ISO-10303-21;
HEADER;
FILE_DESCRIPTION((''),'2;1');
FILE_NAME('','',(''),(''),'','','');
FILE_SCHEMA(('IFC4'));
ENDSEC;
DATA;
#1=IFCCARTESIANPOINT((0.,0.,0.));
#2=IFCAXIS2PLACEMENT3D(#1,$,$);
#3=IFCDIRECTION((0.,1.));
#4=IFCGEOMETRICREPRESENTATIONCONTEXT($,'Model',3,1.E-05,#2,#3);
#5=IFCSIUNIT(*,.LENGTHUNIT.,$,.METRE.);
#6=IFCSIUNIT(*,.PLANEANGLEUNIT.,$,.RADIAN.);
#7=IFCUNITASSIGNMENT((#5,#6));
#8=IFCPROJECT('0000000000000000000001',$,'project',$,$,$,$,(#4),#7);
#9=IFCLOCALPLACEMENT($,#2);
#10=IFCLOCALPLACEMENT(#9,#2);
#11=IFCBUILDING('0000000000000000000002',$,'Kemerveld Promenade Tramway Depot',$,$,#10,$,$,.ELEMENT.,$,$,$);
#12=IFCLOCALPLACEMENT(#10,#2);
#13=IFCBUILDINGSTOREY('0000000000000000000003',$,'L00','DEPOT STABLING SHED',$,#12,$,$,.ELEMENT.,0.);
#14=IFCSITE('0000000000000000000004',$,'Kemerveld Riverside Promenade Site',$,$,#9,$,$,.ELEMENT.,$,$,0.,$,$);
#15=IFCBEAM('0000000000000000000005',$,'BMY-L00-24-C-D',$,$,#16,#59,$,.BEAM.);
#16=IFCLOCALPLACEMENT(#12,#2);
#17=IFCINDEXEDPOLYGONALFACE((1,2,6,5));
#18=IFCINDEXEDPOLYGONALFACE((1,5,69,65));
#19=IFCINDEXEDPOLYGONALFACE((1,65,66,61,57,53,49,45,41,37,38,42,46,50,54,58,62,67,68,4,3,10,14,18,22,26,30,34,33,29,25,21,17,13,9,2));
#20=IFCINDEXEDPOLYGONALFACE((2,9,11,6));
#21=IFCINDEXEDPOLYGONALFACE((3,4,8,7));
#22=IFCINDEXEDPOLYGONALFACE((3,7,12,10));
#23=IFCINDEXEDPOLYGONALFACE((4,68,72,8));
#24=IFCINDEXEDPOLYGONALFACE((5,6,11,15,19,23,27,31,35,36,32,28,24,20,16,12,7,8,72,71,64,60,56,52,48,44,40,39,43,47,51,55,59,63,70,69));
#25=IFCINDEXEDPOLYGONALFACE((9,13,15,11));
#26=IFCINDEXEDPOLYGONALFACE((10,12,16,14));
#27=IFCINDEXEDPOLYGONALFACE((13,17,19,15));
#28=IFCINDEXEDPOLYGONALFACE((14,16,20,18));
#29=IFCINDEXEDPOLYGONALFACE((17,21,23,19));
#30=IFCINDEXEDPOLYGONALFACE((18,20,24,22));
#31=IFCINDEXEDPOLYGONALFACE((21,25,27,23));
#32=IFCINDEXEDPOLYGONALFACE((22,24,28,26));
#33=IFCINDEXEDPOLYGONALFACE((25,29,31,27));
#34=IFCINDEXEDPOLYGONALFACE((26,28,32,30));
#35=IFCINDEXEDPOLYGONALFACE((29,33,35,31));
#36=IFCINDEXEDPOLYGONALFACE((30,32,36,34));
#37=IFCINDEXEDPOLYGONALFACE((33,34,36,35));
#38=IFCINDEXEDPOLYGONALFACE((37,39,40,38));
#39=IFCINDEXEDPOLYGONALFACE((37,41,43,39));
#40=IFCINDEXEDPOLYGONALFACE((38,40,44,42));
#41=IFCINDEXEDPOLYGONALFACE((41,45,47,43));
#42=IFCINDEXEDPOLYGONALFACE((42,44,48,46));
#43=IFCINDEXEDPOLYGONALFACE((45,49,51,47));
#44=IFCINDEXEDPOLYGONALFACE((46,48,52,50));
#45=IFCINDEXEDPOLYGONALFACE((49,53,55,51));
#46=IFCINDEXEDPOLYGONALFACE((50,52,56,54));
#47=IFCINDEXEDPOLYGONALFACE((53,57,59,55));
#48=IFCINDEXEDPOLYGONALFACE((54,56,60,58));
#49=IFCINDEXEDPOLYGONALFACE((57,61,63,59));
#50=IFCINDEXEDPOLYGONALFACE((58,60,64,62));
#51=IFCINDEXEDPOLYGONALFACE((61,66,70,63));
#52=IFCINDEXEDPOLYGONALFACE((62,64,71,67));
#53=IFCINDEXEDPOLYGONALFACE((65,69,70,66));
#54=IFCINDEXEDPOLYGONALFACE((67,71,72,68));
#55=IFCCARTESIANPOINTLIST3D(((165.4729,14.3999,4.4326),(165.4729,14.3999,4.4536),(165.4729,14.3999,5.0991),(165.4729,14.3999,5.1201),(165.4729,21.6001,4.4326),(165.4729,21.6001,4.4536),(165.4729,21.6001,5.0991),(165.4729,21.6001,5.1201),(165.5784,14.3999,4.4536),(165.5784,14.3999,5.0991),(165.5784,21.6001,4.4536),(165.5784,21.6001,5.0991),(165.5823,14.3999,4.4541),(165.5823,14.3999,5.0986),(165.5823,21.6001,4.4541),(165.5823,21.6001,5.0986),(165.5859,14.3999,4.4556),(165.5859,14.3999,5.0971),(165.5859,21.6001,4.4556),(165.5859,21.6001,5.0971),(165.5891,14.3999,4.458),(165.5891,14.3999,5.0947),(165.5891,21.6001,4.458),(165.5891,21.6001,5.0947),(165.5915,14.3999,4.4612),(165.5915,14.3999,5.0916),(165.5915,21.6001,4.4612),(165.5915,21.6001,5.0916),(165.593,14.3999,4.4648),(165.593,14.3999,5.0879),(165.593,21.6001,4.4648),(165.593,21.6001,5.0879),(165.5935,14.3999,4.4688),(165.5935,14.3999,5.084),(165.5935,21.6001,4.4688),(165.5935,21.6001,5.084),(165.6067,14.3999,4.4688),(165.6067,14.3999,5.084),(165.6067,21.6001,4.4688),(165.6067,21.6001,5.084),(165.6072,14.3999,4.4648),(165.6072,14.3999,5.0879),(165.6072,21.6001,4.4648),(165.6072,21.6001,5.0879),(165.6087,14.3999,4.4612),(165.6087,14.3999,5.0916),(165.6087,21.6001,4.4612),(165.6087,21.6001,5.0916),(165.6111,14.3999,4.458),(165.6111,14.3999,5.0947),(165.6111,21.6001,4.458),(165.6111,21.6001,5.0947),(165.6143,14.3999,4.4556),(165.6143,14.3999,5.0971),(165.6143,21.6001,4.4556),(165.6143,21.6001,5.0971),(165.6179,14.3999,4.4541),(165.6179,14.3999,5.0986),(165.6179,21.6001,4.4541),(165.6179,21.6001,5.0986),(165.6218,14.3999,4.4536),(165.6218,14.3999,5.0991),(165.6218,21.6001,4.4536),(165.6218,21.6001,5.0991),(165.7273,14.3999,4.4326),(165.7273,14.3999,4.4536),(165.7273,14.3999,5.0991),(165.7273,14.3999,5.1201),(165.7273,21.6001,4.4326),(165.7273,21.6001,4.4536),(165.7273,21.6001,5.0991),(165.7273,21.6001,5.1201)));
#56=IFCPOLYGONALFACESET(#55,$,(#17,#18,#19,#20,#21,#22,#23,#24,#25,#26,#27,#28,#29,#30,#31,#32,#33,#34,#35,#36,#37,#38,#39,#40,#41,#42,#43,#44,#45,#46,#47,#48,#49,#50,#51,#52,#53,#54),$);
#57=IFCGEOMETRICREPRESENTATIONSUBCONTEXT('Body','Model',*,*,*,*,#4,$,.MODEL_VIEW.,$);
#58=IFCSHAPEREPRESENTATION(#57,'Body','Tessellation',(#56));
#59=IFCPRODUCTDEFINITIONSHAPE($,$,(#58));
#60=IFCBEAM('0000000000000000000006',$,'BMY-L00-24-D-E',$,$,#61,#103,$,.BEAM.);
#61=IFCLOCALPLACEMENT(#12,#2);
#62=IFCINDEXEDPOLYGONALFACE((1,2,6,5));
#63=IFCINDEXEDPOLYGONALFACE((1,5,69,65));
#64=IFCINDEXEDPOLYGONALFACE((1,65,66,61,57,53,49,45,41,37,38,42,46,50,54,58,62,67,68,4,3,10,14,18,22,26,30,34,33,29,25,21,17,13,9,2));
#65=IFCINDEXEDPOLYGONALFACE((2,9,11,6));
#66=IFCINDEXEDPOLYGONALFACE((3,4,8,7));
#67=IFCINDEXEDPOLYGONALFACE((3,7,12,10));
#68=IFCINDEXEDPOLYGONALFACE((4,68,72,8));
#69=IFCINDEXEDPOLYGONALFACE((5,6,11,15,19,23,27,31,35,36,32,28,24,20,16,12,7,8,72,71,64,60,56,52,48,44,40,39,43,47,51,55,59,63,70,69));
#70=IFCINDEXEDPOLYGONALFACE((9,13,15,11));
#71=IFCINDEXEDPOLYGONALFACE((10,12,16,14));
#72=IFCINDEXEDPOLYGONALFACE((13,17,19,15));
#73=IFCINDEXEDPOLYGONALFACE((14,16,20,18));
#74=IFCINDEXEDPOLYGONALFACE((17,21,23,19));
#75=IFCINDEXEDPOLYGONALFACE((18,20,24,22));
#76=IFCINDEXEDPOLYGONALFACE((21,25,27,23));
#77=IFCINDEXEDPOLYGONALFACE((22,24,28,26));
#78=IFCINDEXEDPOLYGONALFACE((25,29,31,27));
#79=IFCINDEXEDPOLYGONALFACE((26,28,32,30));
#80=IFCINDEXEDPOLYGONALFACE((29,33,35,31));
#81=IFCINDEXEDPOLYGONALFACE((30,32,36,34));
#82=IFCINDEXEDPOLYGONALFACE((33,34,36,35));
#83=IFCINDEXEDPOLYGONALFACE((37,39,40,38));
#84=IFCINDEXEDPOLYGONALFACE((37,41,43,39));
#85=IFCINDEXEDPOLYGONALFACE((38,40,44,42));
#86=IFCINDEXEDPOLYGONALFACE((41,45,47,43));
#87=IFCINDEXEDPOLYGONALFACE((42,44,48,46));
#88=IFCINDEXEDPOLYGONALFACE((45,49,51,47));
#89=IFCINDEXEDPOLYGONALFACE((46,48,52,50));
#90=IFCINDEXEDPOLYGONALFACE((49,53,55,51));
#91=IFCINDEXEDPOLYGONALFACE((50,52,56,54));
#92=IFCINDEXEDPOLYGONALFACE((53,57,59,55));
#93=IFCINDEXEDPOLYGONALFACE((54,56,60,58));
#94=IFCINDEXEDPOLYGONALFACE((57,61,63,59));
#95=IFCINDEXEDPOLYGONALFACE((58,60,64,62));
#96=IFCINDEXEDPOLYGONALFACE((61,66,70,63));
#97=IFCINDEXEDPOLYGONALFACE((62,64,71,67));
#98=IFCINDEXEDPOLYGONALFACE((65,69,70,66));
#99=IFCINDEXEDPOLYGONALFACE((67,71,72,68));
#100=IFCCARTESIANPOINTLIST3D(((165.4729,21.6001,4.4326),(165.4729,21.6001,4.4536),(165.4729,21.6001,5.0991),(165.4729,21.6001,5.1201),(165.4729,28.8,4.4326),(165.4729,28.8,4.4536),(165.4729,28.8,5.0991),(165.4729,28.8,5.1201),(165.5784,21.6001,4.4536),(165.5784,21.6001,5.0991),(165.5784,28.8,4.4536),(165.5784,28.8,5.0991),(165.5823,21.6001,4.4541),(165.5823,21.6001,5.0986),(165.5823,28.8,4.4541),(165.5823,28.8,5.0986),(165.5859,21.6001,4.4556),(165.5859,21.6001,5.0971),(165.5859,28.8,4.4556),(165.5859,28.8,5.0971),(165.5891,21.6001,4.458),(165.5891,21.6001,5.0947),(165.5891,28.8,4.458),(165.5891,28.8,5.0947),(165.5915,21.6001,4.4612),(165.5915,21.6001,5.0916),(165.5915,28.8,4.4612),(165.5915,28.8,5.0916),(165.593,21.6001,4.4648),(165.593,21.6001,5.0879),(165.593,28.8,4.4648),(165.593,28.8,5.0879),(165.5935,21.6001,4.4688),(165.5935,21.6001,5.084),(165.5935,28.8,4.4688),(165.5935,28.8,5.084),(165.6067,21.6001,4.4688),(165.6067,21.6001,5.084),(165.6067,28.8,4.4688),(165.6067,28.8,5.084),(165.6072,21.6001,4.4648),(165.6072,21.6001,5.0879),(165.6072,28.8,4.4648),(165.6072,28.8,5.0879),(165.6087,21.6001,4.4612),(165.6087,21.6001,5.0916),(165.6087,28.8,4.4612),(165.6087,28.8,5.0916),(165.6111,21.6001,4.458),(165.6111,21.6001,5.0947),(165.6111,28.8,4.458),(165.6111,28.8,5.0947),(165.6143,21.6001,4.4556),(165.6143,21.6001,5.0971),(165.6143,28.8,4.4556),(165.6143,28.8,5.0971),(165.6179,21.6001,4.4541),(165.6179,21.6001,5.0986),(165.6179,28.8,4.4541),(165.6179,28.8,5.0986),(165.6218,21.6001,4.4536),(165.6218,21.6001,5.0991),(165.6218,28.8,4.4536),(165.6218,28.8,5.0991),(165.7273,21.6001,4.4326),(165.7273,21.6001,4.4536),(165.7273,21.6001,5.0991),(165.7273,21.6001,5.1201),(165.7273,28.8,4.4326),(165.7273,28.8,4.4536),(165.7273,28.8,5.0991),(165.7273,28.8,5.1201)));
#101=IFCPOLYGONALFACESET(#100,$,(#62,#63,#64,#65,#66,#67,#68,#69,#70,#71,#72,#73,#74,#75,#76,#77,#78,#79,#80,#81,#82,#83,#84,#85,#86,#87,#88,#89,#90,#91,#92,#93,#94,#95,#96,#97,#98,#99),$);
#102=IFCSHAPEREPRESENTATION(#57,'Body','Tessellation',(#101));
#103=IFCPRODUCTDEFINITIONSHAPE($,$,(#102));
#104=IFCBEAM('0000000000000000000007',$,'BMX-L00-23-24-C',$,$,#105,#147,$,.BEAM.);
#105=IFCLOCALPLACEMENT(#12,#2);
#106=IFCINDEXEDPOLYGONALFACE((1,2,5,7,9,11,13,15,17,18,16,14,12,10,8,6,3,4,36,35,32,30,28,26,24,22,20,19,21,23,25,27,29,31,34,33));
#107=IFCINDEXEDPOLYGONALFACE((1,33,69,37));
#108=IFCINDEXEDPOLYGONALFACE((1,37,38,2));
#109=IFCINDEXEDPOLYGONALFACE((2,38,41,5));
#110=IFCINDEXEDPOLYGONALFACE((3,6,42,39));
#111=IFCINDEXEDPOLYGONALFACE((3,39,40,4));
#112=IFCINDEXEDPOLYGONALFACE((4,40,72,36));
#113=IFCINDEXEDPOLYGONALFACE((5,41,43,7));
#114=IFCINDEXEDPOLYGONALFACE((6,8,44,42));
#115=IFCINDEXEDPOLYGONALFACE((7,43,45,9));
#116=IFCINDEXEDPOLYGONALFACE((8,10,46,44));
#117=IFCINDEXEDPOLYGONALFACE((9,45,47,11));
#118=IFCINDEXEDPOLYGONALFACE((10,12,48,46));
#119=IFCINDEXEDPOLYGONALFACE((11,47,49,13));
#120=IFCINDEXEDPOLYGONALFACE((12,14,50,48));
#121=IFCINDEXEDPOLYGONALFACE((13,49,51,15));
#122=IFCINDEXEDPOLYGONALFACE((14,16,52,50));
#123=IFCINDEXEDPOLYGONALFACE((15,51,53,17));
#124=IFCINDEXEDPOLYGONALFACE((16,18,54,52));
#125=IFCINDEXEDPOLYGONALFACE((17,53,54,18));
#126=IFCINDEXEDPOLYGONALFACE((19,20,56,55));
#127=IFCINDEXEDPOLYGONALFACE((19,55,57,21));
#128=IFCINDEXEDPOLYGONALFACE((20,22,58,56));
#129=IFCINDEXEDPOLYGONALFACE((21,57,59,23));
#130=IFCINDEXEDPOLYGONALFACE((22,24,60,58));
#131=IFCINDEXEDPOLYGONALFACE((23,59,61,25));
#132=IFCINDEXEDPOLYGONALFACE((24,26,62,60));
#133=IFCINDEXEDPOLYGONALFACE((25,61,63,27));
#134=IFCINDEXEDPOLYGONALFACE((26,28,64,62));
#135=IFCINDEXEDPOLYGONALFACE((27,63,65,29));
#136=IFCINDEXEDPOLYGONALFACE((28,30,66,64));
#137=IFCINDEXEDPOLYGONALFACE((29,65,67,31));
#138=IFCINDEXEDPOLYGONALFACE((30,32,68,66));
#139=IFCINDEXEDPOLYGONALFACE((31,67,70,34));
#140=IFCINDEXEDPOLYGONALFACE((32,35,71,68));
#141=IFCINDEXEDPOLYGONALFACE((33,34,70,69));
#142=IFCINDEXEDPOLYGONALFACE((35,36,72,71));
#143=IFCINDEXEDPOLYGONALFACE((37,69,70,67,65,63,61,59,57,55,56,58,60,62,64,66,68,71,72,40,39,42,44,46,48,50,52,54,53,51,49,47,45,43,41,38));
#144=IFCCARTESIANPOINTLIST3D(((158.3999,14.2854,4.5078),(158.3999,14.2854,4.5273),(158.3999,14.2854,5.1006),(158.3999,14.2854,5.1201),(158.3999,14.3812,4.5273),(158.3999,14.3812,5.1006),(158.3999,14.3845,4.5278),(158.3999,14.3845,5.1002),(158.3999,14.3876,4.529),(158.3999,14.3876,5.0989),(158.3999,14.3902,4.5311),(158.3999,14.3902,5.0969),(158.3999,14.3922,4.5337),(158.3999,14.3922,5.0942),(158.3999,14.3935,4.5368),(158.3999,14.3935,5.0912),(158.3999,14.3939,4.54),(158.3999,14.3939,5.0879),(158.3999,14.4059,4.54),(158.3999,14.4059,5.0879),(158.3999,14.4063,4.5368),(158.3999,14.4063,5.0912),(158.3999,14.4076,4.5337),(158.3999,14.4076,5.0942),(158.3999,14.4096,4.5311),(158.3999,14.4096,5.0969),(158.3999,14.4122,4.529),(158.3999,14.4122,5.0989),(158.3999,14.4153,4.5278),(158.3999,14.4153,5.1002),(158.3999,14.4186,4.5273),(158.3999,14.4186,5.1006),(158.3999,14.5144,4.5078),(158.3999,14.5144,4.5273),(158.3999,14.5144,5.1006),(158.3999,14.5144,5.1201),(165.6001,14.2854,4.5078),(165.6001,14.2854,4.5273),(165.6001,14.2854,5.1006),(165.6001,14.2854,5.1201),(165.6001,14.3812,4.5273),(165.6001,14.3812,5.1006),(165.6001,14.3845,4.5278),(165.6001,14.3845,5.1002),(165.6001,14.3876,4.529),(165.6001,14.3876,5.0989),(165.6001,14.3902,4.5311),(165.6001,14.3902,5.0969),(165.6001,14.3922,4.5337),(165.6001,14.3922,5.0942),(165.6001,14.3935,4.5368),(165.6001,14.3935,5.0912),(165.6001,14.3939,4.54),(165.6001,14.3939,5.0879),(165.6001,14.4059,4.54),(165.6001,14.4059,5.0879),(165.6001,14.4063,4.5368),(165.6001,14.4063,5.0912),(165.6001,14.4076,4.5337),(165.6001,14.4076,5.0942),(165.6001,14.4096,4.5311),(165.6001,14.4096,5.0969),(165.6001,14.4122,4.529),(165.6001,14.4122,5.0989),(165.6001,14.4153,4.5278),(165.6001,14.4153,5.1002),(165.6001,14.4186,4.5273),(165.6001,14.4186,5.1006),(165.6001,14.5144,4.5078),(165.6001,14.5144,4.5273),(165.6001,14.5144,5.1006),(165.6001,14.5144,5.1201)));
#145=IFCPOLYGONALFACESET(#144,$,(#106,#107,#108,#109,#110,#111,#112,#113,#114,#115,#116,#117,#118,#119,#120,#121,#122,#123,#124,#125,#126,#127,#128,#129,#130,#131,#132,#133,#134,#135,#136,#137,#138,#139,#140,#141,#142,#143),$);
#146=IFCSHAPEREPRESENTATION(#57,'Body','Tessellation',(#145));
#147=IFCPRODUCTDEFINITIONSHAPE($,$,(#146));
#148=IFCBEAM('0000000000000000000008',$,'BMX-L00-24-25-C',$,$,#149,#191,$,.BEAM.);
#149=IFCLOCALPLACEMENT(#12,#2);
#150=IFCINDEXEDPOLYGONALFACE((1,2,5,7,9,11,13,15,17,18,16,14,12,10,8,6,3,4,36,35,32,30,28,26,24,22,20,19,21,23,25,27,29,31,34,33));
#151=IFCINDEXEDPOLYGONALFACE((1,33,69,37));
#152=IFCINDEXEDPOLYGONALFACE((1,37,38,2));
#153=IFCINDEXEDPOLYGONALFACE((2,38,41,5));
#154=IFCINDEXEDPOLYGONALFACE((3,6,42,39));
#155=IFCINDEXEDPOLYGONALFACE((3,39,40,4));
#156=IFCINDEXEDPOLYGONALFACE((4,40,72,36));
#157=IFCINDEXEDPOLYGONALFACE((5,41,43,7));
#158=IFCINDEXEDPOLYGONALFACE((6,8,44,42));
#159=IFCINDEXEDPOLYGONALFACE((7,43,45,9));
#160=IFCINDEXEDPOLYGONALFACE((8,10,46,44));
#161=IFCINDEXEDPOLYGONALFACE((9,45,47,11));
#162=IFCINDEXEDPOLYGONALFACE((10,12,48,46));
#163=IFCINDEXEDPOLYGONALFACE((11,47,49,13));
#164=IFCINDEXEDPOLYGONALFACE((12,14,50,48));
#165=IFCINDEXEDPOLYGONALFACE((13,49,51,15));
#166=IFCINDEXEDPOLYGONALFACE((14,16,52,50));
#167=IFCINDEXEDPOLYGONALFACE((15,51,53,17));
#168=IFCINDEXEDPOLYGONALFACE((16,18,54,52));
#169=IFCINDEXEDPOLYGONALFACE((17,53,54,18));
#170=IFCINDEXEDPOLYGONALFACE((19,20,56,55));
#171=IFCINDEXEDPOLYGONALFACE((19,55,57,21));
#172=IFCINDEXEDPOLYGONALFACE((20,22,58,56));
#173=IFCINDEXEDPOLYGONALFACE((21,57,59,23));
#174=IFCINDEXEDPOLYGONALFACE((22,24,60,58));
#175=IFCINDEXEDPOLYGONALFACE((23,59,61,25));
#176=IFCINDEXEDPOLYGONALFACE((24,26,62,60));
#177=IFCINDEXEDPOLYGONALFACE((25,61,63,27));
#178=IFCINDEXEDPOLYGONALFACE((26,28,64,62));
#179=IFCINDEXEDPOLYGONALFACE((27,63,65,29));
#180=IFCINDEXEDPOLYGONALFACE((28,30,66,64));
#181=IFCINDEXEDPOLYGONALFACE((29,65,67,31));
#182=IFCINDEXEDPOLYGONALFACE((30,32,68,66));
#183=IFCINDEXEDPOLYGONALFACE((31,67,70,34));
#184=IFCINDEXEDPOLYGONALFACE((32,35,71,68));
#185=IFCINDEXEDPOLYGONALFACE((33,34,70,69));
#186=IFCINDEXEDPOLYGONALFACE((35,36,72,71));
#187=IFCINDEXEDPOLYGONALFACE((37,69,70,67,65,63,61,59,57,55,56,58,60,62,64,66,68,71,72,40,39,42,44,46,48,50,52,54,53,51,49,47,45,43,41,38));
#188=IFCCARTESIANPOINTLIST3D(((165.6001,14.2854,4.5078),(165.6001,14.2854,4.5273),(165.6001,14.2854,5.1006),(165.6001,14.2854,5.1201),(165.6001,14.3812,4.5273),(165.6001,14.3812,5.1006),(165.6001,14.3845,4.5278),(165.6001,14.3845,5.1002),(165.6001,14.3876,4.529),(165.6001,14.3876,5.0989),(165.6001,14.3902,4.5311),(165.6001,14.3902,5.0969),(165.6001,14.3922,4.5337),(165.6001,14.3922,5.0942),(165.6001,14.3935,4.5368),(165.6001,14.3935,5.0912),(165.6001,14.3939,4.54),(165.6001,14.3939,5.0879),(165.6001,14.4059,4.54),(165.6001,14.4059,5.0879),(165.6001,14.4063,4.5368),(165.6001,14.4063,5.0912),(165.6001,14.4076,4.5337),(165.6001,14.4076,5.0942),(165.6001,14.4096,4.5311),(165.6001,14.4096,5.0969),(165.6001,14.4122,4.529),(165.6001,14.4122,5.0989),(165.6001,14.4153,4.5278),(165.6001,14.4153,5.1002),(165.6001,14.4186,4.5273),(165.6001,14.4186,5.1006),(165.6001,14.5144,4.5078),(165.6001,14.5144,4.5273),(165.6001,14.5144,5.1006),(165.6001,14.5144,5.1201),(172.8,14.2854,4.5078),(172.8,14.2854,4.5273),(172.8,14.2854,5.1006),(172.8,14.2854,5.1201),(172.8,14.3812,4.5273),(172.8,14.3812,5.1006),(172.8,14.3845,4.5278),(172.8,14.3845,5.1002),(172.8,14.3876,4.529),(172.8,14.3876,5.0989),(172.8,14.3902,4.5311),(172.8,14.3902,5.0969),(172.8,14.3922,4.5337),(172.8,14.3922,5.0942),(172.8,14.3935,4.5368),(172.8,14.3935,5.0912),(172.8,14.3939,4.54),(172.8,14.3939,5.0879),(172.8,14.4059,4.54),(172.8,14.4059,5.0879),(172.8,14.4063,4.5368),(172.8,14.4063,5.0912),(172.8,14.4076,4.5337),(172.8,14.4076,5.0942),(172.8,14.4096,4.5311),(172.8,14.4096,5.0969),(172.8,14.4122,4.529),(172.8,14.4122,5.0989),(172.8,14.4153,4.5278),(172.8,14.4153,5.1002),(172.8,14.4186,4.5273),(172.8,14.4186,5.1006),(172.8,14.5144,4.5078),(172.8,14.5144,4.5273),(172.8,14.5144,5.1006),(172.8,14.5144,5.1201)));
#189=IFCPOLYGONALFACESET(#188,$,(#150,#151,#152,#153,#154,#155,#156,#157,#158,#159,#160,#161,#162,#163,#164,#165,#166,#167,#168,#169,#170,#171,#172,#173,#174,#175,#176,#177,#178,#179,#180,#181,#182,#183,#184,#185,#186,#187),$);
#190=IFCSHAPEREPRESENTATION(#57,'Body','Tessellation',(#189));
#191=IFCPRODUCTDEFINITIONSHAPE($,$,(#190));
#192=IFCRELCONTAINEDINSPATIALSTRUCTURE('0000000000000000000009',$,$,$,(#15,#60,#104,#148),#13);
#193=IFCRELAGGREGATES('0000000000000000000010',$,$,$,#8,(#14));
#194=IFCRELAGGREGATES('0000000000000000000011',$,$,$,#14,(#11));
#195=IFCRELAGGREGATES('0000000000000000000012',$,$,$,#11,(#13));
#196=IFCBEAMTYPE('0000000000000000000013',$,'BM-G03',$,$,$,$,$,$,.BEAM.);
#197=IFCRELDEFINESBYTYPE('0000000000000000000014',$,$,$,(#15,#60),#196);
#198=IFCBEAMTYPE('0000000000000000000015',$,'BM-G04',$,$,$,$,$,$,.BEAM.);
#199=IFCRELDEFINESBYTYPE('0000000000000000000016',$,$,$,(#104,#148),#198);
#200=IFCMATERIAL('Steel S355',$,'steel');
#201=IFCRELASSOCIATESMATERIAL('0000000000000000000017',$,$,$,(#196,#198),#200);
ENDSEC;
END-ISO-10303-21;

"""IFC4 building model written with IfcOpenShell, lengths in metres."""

from ifc_helpers import new_model, si_unit, direction, frame, origin, origin_2d, place, context, subcontext, project, spatial, i_section, extrude, material, material_profile, profile_set, type_object, element, save


model = new_model("IFC4")

# Units and contexts
model_context = context("Model", 3, precision=1e-05, world=origin(), true_north=direction((0.0, 1.0)))
body_context = subcontext(model_context, "Body", "Model", "MODEL_VIEW")
ifc_project = project(units=[si_unit("LENGTHUNIT", "METRE"), si_unit("PLANEANGLEUNIT", "RADIAN")], contexts=[model_context])

# Site, building, storey
site_placement = place(None, origin())
site = spatial("IfcSite", under=ifc_project, at=site_placement, Name="Kemerveld Riverside Promenade Site", CompositionType="ELEMENT", RefElevation=0.0)
building_placement = place(site_placement, origin())
building = spatial("IfcBuilding", under=site, at=building_placement, Name="Kemerveld Promenade Tramway Depot", CompositionType="ELEMENT")
storey_placement = place(building_placement, origin())
storey = spatial("IfcBuildingStorey", under=building, at=storey_placement, Name="L00", Description="DEPOT STABLING SHED", CompositionType="ELEMENT", Elevation=0.0)

# Shared definitions
ifc_material_1 = material(Name="Steel S355", Category="steel")

# Beams
ifc_material_profile_1 = material_profile(ifc_material_1, i_section(OverallWidth=0.2544, OverallDepth=0.6875, WebThickness=0.0132, FlangeThickness=0.021, FilletRadius=0.0151, at=origin_2d()), Name="686x254x152 UB")
ifc_profile_set_1 = profile_set([ifc_material_profile_1], Name="Steel S355")
beam_type_1 = type_object("IfcBeamType", Name="BM-G03", PredefinedType="BEAM", material=ifc_profile_set_1)
for number, where, z_axis, x_axis, name in (
    (1, (165.6001, 14.3999, 4.7764), (0.0, 1.0, 0.0), (-1.0, 0.0, 0.0), "BMY-L00-24-C-D"),
):
    element("IfcBeam", number, at=place(storey_placement, frame(where, z_axis=z_axis, x_axis=x_axis)), inside=storey, type_object=beam_type_1, Name=name, PredefinedType="BEAM", context=body_context, shape_type="SweptSolid", body=[
        extrude(i_section(OverallWidth=0.2544, OverallDepth=0.6875, WebThickness=0.0132, FlangeThickness=0.021, FilletRadius=0.0151, at=origin_2d()), origin(), (0.0, 0.0, 1.0), 7.2002),
    ])
beam_1_placement = place(storey_placement, frame((165.6001, 21.6001, 4.7764), z_axis=(0.0, 1.0, 0.0), x_axis=(-1.0, 0.0, 0.0)))
element("IfcBeam", 2, at=beam_1_placement, inside=storey, type_object=beam_type_1, Name="BMY-L00-24-D-E", PredefinedType="BEAM", context=body_context, shape_type="SweptSolid", body=[
    extrude(i_section(OverallWidth=0.2544, OverallDepth=0.6875, WebThickness=0.0132, FlangeThickness=0.021, FilletRadius=0.0151, at=origin_2d()), origin(), (0.0, 0.0, 1.0), 7.2),
])
ifc_material_profile_2 = material_profile(ifc_material_1, i_section(OverallWidth=0.229, OverallDepth=0.6123, WebThickness=0.012, FlangeThickness=0.0195, FilletRadius=0.0127, at=origin_2d()), Name="610x229x125 UB")
ifc_profile_set_2 = profile_set([ifc_material_profile_2], Name="Steel S355")
beam_type_2 = type_object("IfcBeamType", Name="BM-G04", PredefinedType="BEAM", material=ifc_profile_set_2)
beam_2_placement = place(storey_placement, frame((158.3999, 14.3999, 4.814), z_axis=(1.0, 0.0, 0.0), x_axis=(0.0, 1.0, 0.0)))
element("IfcBeam", 3, at=beam_2_placement, inside=storey, type_object=beam_type_2, Name="BMX-L00-23-24-C", PredefinedType="BEAM", context=body_context, shape_type="SweptSolid", body=[
    extrude(i_section(OverallWidth=0.229, OverallDepth=0.6123, WebThickness=0.012, FlangeThickness=0.0195, FilletRadius=0.0127, at=origin_2d()), origin(), (0.0, 0.0, 1.0), 7.2002),
])
beam_3_placement = place(storey_placement, frame((165.6001, 14.3999, 4.814), z_axis=(1.0, 0.0, 0.0), x_axis=(0.0, 1.0, 0.0)))
element("IfcBeam", 4, at=beam_3_placement, inside=storey, type_object=beam_type_2, Name="BMX-L00-24-25-C", PredefinedType="BEAM", context=body_context, shape_type="SweptSolid", body=[
    extrude(i_section(OverallWidth=0.229, OverallDepth=0.6123, WebThickness=0.012, FlangeThickness=0.0195, FilletRadius=0.0127, at=origin_2d()), origin(), (0.0, 0.0, 1.0), 7.2),
])

save(model, "model.ifc")
